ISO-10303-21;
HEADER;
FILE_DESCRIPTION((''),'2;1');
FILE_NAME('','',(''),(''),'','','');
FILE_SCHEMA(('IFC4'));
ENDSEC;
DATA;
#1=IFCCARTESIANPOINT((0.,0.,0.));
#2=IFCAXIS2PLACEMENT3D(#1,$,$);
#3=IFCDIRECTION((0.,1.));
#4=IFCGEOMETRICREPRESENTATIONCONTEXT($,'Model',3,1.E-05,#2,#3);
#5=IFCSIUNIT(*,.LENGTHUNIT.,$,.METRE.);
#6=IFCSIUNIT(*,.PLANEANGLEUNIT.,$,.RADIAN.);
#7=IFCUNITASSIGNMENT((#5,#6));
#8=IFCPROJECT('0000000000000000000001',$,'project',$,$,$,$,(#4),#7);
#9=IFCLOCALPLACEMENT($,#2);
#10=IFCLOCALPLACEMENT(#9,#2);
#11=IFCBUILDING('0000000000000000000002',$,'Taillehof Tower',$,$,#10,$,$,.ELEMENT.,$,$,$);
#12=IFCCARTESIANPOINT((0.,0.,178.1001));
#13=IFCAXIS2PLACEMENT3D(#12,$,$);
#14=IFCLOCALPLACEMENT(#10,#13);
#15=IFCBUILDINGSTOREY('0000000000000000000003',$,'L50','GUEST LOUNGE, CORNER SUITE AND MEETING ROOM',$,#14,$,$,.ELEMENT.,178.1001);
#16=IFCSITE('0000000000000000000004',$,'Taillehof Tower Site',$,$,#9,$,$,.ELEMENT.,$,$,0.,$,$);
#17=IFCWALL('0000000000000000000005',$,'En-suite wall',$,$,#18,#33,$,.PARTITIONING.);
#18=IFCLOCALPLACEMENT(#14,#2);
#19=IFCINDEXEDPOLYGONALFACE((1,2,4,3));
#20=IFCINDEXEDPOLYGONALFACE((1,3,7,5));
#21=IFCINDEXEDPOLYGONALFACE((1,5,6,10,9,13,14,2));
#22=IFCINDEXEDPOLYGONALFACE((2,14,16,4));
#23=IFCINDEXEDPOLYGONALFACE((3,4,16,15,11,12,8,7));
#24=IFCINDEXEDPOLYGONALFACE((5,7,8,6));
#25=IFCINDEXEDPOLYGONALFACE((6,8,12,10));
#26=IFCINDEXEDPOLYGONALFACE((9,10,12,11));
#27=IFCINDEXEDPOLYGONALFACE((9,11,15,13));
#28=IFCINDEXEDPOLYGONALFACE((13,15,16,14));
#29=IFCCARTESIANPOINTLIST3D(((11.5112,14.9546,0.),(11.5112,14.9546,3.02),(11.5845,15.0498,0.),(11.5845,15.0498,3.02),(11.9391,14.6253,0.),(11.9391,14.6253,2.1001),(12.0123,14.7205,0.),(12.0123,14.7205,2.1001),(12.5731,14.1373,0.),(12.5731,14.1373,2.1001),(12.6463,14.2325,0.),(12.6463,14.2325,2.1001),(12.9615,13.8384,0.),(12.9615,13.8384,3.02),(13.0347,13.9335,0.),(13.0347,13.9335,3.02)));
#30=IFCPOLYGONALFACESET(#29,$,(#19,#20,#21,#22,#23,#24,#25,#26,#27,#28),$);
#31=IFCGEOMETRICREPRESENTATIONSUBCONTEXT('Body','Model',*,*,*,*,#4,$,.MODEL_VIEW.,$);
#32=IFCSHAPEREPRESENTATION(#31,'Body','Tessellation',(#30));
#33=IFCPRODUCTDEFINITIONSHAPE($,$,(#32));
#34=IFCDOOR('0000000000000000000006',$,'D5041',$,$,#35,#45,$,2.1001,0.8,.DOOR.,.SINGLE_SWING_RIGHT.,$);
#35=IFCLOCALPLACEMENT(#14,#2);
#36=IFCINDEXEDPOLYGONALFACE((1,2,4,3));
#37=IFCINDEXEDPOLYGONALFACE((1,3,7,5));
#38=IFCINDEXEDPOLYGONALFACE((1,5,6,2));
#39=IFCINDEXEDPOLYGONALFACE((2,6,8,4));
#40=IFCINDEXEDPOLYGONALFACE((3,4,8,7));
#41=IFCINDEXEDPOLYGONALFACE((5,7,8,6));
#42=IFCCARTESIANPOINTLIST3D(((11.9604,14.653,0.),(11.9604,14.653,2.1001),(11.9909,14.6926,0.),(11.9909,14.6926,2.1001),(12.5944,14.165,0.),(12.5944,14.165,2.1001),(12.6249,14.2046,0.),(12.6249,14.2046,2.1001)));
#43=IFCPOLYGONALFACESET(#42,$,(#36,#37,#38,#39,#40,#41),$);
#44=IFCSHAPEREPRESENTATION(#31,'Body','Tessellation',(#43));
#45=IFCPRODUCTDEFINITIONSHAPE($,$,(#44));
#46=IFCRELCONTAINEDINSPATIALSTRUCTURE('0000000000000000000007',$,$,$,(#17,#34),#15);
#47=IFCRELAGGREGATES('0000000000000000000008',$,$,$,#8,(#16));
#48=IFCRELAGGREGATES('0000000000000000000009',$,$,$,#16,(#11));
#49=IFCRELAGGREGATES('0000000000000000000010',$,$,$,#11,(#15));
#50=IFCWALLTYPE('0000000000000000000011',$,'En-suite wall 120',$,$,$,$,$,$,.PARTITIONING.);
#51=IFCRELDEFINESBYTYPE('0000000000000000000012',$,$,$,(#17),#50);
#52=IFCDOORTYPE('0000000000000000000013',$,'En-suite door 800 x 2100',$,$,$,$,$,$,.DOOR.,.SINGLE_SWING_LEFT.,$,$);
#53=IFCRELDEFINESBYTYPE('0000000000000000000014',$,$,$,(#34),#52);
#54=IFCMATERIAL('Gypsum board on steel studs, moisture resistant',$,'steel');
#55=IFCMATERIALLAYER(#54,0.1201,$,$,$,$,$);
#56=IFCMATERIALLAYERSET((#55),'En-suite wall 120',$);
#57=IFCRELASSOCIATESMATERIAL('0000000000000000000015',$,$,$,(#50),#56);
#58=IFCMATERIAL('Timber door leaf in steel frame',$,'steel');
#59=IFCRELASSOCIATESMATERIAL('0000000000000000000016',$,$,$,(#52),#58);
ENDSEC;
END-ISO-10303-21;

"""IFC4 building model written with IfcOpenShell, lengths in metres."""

from ifc_helpers import new_model, si_unit, direction, frame, frame_2d, origin, place, context, subcontext, project, spatial, rectangle, extrude, material, layer, layer_set, type_object, element, fill, save


model = new_model("IFC4")

# Units and contexts
model_context = context("Model", 3, precision=1e-05, world=origin(), true_north=direction((0.0, 1.0)))
body_context = subcontext(model_context, "Body", "Model", "MODEL_VIEW")
ifc_project = project(units=[si_unit("LENGTHUNIT", "METRE"), si_unit("PLANEANGLEUNIT", "RADIAN")], contexts=[model_context])

# Site, building, storey
site_placement = place(None, origin())
site = spatial("IfcSite", under=ifc_project, at=site_placement, Name="Taillehof Tower Site", CompositionType="ELEMENT", RefElevation=0.0)
building_placement = place(site_placement, origin())
building = spatial("IfcBuilding", under=site, at=building_placement, Name="Taillehof Tower", CompositionType="ELEMENT")
storey_placement = place(building_placement, frame((0.0, 0.0, 178.1001)))
storey = spatial("IfcBuildingStorey", under=building, at=storey_placement, Name="L50", Description="GUEST LOUNGE, CORNER SUITE AND MEETING ROOM", CompositionType="ELEMENT", Elevation=178.1001)

# Shared definitions
ifc_material_1 = material(Name="Gypsum board on steel studs, moisture resistant", Category="steel")
ifc_layer_1 = layer(ifc_material_1, 0.1201)
ifc_layer_set_1 = layer_set([ifc_layer_1], Name="En-suite wall 120")
wall_type_1 = type_object("IfcWallType", Name="En-suite wall 120", PredefinedType="PARTITIONING", material=ifc_layer_set_1)

# Wall, opening, door
wall_1_placement = place(storey_placement, frame((11.5479, 15.0022, 0.0), z_axis=(0.0, 0.0, 1.0), x_axis=(0.792445, -0.609943, 0.0)))
wall_1 = element("IfcWall", 1, at=wall_1_placement, inside=storey, type_object=wall_type_1, Name="En-suite wall", PredefinedType="PARTITIONING", context=body_context, shape_type="SweptSolid", body=[
    extrude(rectangle(XDim=1.8301, YDim=0.1201, at=frame_2d((0.915, 0.0))), origin(), (0.0, 0.0, 1.0), 3.02),
])
opening_1_placement = place(wall_1_placement, frame((0.54, 0.0, 0.0)))
opening_1 = element("IfcOpeningElement", 2, at=opening_1_placement, cuts=wall_1, PredefinedType="OPENING", context=body_context, shape_type="SweptSolid", body=[
    extrude(rectangle(XDim=0.8, YDim=2.1001, at=frame_2d((0.3999, 1.05))), frame((0.0, 0.0701, 0.0), z_axis=(0.0, -1.0, 0.0), x_axis=(1.0, 0.0, 0.0)), (0.0, 0.0, 1.0), 0.1401),
])
ifc_material_2 = material(Name="Timber door leaf in steel frame", Category="steel")
door_type_1 = type_object("IfcDoorType", Name="En-suite door 800 x 2100", OperationType="SINGLE_SWING_LEFT", PredefinedType="DOOR", material=ifc_material_2)
door_1_placement = place(opening_1_placement, origin())
door_1 = element("IfcDoor", 3, at=door_1_placement, inside=storey, type_object=door_type_1, Name="D5041", OperationType="SINGLE_SWING_RIGHT", OverallHeight=2.1001, OverallWidth=0.8, PredefinedType="DOOR", context=body_context, shape_type="SweptSolid", body=[
    extrude(rectangle(XDim=0.8, YDim=2.1001, at=frame_2d((0.3999, 1.05))), frame((0.0, 0.0249, 0.0), z_axis=(0.0, -1.0, 0.0), x_axis=(1.0, 0.0, 0.0)), (0.0, 0.0, 1.0), 0.05),
])
fill(opening_1, door_1)

save(model, "model.ifc")
